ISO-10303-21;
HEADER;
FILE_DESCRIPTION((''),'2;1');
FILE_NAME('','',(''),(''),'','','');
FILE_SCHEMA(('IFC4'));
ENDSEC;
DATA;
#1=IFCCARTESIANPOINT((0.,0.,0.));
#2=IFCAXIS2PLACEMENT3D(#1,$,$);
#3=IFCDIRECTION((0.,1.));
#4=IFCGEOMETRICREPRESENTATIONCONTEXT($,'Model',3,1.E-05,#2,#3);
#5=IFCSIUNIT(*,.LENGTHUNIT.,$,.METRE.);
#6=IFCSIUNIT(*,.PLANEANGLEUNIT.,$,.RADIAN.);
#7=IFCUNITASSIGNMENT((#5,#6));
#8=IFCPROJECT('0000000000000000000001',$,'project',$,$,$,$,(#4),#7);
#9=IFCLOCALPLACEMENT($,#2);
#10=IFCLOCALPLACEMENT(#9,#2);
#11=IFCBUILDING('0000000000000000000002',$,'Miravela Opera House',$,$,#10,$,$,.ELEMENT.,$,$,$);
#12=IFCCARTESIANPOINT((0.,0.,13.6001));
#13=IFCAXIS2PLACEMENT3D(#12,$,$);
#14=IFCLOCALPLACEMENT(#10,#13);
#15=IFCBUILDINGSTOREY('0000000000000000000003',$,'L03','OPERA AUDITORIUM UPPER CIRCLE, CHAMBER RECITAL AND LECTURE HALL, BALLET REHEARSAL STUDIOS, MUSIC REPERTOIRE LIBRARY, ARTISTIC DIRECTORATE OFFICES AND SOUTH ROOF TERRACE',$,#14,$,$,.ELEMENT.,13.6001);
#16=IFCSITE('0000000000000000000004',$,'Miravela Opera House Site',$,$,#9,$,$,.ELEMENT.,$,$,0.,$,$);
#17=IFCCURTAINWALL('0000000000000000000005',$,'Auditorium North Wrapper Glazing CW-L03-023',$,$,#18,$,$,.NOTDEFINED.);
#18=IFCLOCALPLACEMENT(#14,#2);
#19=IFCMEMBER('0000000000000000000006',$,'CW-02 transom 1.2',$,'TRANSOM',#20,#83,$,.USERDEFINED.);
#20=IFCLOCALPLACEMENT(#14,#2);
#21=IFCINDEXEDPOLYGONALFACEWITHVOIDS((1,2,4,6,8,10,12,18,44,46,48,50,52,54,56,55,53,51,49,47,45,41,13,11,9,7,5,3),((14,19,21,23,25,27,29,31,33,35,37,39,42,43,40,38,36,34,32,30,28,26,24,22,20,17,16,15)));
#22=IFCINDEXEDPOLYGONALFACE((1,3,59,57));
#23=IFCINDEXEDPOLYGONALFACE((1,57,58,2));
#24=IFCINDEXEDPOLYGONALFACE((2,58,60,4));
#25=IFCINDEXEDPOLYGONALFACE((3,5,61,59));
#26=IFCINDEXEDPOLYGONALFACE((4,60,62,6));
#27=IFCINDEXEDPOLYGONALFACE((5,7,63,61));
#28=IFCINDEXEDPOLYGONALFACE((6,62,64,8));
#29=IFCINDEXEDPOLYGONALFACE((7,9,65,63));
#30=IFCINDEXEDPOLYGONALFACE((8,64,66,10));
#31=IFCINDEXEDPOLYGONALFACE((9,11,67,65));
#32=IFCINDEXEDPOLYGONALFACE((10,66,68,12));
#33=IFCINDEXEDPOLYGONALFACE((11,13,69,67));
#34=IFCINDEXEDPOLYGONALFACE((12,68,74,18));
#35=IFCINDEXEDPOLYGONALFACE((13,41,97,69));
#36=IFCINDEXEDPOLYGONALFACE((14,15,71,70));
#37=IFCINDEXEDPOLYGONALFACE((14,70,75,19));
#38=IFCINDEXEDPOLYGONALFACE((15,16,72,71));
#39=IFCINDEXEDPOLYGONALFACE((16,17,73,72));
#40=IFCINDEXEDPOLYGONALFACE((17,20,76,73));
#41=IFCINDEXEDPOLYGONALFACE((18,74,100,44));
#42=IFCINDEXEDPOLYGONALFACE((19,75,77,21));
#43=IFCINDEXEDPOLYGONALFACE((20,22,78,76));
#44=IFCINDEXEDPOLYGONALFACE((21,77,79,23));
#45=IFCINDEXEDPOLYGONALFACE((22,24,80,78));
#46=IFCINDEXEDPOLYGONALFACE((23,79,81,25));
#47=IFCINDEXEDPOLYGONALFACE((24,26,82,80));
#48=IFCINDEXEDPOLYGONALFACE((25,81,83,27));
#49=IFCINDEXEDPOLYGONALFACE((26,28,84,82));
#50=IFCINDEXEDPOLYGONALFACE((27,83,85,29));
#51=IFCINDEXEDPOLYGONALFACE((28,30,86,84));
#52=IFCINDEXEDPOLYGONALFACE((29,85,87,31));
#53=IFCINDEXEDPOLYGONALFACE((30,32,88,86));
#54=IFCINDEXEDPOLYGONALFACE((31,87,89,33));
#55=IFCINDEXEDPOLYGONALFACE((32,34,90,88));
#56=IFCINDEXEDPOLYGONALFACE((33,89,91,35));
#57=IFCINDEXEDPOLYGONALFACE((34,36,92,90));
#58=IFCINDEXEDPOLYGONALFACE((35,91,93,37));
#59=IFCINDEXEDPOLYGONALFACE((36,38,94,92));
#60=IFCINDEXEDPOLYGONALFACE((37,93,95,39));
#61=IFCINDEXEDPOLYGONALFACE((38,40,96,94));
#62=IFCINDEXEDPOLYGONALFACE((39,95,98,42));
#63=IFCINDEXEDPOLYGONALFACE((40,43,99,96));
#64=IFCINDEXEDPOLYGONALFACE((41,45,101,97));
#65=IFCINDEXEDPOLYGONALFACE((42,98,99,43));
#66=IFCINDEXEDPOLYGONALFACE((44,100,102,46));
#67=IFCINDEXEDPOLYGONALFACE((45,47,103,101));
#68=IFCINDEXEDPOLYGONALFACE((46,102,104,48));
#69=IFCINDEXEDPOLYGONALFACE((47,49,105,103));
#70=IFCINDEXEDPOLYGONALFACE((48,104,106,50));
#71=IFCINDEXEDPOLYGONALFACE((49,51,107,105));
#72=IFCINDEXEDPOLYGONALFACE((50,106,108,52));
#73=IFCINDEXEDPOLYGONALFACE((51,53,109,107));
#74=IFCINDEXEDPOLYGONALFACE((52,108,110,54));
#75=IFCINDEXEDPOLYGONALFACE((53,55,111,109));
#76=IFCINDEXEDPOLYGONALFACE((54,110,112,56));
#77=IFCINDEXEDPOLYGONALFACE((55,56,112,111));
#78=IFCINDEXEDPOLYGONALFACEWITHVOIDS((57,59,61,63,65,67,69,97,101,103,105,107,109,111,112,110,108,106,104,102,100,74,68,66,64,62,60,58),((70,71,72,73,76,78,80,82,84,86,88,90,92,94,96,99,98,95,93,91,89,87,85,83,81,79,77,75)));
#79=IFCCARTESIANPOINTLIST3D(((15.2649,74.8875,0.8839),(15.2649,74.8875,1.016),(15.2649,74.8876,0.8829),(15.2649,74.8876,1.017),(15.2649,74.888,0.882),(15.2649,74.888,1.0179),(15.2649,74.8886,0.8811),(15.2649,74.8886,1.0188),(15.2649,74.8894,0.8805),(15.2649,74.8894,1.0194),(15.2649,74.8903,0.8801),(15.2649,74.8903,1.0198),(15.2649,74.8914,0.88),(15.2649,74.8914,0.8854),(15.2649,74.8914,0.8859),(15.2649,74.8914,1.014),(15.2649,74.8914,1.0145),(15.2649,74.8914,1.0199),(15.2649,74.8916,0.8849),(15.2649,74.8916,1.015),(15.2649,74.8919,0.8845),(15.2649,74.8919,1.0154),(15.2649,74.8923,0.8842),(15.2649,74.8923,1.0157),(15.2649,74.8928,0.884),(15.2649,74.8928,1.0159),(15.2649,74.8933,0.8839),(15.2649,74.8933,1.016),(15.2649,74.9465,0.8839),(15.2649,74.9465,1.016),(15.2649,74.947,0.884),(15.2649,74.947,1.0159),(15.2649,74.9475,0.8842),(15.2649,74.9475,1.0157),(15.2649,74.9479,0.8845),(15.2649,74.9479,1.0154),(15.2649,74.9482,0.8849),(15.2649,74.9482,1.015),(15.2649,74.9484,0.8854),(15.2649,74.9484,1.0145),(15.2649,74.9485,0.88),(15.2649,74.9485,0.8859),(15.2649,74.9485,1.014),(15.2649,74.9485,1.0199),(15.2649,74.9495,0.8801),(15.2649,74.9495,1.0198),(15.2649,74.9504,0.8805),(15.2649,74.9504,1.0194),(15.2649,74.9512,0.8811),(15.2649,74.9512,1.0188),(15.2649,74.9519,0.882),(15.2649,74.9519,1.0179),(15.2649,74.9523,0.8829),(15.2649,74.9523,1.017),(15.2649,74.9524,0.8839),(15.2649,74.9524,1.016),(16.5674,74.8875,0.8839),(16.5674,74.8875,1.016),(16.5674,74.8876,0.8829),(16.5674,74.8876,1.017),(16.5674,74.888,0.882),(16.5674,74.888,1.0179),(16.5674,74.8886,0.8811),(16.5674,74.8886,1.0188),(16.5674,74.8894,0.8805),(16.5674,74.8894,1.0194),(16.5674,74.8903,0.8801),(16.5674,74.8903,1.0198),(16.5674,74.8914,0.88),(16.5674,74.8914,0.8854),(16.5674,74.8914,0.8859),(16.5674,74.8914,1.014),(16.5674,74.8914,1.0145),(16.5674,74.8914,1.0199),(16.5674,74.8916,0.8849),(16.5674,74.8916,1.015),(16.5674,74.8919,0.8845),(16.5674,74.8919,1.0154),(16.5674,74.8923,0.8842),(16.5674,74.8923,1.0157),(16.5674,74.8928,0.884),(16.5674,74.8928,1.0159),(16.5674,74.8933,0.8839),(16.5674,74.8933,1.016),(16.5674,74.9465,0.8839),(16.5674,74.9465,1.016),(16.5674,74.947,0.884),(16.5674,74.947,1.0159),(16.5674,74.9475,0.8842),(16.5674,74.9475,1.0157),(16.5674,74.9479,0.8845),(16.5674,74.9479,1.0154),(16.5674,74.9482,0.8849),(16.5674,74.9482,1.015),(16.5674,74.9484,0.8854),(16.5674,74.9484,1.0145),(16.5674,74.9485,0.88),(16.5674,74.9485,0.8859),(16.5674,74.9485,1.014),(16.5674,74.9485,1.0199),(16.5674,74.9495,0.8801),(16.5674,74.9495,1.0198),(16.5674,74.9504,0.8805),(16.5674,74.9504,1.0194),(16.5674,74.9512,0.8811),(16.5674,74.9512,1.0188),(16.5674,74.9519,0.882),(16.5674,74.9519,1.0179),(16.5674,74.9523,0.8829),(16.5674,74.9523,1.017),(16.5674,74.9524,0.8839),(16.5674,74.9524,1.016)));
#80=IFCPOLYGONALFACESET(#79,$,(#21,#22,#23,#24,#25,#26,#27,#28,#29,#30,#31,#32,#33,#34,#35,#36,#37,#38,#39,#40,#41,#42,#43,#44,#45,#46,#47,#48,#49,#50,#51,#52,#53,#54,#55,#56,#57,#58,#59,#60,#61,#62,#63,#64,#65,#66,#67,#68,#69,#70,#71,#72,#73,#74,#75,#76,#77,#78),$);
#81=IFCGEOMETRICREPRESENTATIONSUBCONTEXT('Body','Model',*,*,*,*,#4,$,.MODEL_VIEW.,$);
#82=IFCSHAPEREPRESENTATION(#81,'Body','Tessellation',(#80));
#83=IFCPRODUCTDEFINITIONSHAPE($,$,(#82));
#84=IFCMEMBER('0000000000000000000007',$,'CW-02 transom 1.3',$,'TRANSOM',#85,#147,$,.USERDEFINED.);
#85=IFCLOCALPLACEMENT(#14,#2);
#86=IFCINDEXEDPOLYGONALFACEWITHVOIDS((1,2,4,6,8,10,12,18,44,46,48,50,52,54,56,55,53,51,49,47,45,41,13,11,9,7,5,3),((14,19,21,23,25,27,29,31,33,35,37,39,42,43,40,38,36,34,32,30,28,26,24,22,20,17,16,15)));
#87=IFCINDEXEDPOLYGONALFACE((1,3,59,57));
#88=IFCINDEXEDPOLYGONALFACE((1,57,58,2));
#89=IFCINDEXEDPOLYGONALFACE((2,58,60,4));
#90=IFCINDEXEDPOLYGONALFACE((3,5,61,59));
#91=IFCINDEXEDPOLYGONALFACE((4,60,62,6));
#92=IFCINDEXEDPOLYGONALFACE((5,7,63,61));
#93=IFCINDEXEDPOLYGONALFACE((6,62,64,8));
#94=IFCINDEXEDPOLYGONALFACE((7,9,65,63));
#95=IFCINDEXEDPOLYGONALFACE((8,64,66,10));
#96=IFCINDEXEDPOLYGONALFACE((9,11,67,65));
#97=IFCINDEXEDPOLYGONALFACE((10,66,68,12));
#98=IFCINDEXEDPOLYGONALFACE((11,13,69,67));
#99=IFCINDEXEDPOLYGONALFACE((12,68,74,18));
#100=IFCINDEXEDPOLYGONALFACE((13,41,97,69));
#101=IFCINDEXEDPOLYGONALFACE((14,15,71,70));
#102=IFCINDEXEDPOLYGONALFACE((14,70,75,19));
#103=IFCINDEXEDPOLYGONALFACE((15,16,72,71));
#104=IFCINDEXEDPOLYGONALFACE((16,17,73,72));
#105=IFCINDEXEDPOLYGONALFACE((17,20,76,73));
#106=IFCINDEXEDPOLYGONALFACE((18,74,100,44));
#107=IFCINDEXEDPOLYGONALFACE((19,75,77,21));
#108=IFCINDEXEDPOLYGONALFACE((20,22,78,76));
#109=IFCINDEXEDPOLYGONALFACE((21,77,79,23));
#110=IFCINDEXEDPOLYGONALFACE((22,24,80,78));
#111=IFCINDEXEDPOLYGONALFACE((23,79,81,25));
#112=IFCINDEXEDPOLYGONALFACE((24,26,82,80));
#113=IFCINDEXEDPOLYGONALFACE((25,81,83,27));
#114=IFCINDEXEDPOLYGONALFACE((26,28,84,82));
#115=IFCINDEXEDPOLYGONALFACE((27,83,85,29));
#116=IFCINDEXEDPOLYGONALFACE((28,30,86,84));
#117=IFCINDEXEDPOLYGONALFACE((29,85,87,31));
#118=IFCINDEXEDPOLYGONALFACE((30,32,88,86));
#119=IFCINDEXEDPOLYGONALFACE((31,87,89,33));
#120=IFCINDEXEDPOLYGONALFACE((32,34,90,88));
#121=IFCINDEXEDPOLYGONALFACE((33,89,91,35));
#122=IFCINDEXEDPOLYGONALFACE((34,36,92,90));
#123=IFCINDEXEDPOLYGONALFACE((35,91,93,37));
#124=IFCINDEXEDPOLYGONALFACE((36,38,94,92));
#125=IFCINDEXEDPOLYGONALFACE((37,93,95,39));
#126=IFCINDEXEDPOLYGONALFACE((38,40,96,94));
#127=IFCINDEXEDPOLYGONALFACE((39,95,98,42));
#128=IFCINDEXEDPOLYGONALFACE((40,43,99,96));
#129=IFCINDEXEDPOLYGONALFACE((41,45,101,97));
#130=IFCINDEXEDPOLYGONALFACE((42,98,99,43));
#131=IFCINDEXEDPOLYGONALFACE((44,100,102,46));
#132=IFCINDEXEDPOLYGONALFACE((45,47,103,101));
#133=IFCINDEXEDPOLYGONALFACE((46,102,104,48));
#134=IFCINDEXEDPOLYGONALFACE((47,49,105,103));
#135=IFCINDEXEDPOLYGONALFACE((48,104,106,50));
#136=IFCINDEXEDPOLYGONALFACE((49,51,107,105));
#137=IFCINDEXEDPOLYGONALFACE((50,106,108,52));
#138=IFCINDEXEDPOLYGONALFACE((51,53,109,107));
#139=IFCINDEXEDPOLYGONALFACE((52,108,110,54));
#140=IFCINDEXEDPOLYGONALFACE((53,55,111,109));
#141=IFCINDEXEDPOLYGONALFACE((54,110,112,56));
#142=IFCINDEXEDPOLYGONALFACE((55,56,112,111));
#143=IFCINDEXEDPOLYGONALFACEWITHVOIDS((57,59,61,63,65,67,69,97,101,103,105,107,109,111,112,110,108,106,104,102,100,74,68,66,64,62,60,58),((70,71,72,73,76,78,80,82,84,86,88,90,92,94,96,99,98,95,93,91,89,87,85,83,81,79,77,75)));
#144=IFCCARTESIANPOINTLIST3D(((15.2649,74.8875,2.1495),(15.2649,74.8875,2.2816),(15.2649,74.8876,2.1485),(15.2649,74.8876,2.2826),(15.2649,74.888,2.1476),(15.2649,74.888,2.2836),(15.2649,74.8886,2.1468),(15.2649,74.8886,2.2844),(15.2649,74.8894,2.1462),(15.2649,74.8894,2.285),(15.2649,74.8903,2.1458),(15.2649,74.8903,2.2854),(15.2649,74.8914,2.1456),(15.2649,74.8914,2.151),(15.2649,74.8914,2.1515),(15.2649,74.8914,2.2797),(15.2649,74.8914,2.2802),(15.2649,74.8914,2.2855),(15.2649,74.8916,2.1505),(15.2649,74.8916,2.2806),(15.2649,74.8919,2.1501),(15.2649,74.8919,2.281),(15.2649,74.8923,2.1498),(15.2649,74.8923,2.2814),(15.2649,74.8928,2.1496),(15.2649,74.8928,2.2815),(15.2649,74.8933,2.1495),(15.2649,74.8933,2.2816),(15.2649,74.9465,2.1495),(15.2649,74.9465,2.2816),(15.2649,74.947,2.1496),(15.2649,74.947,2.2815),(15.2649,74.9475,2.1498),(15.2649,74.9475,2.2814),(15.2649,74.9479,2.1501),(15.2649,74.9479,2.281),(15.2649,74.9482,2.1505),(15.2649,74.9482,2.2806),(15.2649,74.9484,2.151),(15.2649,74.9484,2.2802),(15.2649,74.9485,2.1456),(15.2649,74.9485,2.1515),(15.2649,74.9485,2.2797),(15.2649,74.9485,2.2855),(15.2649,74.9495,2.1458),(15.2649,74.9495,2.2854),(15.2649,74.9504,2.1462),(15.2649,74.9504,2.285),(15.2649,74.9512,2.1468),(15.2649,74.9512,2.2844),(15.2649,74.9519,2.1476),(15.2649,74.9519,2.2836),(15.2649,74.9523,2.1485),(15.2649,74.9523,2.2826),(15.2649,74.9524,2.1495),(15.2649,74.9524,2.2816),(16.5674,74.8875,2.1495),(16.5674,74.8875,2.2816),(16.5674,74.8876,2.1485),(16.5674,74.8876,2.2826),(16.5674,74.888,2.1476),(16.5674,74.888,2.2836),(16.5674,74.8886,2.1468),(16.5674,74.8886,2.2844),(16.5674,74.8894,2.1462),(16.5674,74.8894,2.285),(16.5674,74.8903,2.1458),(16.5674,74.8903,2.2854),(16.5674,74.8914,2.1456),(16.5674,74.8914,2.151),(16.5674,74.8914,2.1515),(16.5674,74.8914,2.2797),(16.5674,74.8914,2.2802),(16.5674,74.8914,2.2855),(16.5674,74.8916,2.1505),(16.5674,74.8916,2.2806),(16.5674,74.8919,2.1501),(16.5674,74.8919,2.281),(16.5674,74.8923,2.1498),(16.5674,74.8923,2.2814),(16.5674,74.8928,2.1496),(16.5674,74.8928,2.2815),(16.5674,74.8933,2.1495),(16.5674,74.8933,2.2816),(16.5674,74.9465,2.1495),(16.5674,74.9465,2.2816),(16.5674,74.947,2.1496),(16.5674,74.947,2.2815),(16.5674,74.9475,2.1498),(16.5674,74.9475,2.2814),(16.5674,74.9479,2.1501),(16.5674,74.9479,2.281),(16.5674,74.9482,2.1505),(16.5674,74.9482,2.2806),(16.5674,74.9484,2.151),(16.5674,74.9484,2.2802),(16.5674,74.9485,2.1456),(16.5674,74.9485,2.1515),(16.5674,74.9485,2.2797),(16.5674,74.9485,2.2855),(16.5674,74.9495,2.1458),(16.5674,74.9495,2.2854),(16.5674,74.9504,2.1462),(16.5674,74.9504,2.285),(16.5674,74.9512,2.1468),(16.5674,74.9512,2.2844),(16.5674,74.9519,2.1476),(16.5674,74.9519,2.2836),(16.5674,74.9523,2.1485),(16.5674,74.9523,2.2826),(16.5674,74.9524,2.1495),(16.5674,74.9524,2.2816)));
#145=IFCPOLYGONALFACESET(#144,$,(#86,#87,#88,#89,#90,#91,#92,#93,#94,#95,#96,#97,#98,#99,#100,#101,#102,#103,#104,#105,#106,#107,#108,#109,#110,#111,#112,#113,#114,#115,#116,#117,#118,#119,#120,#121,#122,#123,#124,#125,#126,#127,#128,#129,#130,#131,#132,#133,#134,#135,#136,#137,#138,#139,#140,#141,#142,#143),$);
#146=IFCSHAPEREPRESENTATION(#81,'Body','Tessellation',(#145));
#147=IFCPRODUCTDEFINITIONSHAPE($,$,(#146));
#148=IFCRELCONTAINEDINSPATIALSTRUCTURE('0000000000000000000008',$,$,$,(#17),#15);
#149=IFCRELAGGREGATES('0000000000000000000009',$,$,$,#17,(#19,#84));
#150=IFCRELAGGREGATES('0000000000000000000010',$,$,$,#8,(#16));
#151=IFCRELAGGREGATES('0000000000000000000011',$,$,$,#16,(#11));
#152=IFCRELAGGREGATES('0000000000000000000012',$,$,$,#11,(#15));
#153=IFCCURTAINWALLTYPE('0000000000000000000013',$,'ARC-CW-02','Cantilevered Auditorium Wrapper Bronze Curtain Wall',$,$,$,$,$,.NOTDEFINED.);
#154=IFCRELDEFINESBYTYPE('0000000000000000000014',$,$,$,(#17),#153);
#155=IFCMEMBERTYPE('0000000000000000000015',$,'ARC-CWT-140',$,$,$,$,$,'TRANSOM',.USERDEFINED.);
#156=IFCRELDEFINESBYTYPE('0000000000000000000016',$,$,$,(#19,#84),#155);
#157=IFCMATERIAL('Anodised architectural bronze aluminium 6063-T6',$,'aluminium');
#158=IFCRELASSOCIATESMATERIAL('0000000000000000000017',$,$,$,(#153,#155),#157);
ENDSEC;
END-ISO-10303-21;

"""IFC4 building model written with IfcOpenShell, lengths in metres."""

from ifc_helpers import new_model, si_unit, direction, frame, origin, origin_2d, place, context, subcontext, project, spatial, hollow_rectangle, extrude, material, material_profile, profile_set, type_object, element, aggregate, save


model = new_model("IFC4")

# Units and contexts
model_context = context("Model", 3, precision=1e-05, world=origin(), true_north=direction((0.0, 1.0)))
body_context = subcontext(model_context, "Body", "Model", "MODEL_VIEW")
ifc_project = project(units=[si_unit("LENGTHUNIT", "METRE"), si_unit("PLANEANGLEUNIT", "RADIAN")], contexts=[model_context])

# Site, building, storey
site_placement = place(None, origin())
site = spatial("IfcSite", under=ifc_project, at=site_placement, Name="Miravela Opera House Site", CompositionType="ELEMENT", RefElevation=0.0)
building_placement = place(site_placement, origin())
building = spatial("IfcBuilding", under=site, at=building_placement, Name="Miravela Opera House", CompositionType="ELEMENT")
storey_placement = place(building_placement, frame((0.0, 0.0, 13.6001)))
storey = spatial("IfcBuildingStorey", under=building, at=storey_placement, Name="L03", Description="OPERA AUDITORIUM UPPER CIRCLE, CHAMBER RECITAL AND LECTURE HALL, BALLET REHEARSAL STUDIOS, MUSIC REPERTOIRE LIBRARY, ARTISTIC DIRECTORATE OFFICES AND SOUTH ROOF TERRACE", CompositionType="ELEMENT", Elevation=13.6001)

# Curtain wall
ifc_material_1 = material(Name="Anodised architectural bronze aluminium 6063-T6", Category="aluminium")
curtain_wall_type = type_object("IfcCurtainWallType", Name="ARC-CW-02", Description="Cantilevered Auditorium Wrapper Bronze Curtain Wall", PredefinedType="NOTDEFINED", material=ifc_material_1)
curtain_wall_1_placement = place(storey_placement, origin())
curtain_wall_1 = element("IfcCurtainWall", 1, at=curtain_wall_1_placement, inside=storey, type_object=curtain_wall_type, Name="Auditorium North Wrapper Glazing CW-L03-023", PredefinedType="NOTDEFINED")

# Members
ifc_material_profile_1 = material_profile(ifc_material_1, hollow_rectangle(XDim=0.0649, YDim=0.1399, WallThickness=0.0039, InnerFilletRadius=0.002, OuterFilletRadius=0.0039, at=origin_2d()), Name="CWT-65X140")
ifc_profile_set_1 = profile_set([ifc_material_profile_1])
member_type_1 = type_object("IfcMemberType", Name="ARC-CWT-140", ElementType="TRANSOM", PredefinedType="USERDEFINED", material=ifc_profile_set_1)
member_1_placement = place(storey_placement, frame((15.2649, 74.9199, 0.95), z_axis=(1.0, 0.0, 0.0), x_axis=(0.0, 1.0, 0.0)))
member_1 = element("IfcMember", 2, at=member_1_placement, type_object=member_type_1, Name="CW-02 transom 1.2", ObjectType="TRANSOM", PredefinedType="USERDEFINED", context=body_context, shape_type="SweptSolid", body=[
    extrude(hollow_rectangle(XDim=0.0649, YDim=0.1399, WallThickness=0.0039, InnerFilletRadius=0.002, OuterFilletRadius=0.0039, at=origin_2d()), origin(), (0.0, 0.0, 1.0), 1.3025),
])
member_2_placement = place(storey_placement, frame((15.2649, 74.9199, 2.2156), z_axis=(1.0, 0.0, 0.0), x_axis=(0.0, 1.0, 0.0)))
member_2 = element("IfcMember", 3, at=member_2_placement, type_object=member_type_1, Name="CW-02 transom 1.3", ObjectType="TRANSOM", PredefinedType="USERDEFINED", context=body_context, shape_type="SweptSolid", body=[
    extrude(hollow_rectangle(XDim=0.0649, YDim=0.1399, WallThickness=0.0039, InnerFilletRadius=0.002, OuterFilletRadius=0.0039, at=origin_2d()), origin(), (0.0, 0.0, 1.0), 1.3025),
])

aggregate(curtain_wall_1, [member_1, member_2])

save(model, "model.ifc")
